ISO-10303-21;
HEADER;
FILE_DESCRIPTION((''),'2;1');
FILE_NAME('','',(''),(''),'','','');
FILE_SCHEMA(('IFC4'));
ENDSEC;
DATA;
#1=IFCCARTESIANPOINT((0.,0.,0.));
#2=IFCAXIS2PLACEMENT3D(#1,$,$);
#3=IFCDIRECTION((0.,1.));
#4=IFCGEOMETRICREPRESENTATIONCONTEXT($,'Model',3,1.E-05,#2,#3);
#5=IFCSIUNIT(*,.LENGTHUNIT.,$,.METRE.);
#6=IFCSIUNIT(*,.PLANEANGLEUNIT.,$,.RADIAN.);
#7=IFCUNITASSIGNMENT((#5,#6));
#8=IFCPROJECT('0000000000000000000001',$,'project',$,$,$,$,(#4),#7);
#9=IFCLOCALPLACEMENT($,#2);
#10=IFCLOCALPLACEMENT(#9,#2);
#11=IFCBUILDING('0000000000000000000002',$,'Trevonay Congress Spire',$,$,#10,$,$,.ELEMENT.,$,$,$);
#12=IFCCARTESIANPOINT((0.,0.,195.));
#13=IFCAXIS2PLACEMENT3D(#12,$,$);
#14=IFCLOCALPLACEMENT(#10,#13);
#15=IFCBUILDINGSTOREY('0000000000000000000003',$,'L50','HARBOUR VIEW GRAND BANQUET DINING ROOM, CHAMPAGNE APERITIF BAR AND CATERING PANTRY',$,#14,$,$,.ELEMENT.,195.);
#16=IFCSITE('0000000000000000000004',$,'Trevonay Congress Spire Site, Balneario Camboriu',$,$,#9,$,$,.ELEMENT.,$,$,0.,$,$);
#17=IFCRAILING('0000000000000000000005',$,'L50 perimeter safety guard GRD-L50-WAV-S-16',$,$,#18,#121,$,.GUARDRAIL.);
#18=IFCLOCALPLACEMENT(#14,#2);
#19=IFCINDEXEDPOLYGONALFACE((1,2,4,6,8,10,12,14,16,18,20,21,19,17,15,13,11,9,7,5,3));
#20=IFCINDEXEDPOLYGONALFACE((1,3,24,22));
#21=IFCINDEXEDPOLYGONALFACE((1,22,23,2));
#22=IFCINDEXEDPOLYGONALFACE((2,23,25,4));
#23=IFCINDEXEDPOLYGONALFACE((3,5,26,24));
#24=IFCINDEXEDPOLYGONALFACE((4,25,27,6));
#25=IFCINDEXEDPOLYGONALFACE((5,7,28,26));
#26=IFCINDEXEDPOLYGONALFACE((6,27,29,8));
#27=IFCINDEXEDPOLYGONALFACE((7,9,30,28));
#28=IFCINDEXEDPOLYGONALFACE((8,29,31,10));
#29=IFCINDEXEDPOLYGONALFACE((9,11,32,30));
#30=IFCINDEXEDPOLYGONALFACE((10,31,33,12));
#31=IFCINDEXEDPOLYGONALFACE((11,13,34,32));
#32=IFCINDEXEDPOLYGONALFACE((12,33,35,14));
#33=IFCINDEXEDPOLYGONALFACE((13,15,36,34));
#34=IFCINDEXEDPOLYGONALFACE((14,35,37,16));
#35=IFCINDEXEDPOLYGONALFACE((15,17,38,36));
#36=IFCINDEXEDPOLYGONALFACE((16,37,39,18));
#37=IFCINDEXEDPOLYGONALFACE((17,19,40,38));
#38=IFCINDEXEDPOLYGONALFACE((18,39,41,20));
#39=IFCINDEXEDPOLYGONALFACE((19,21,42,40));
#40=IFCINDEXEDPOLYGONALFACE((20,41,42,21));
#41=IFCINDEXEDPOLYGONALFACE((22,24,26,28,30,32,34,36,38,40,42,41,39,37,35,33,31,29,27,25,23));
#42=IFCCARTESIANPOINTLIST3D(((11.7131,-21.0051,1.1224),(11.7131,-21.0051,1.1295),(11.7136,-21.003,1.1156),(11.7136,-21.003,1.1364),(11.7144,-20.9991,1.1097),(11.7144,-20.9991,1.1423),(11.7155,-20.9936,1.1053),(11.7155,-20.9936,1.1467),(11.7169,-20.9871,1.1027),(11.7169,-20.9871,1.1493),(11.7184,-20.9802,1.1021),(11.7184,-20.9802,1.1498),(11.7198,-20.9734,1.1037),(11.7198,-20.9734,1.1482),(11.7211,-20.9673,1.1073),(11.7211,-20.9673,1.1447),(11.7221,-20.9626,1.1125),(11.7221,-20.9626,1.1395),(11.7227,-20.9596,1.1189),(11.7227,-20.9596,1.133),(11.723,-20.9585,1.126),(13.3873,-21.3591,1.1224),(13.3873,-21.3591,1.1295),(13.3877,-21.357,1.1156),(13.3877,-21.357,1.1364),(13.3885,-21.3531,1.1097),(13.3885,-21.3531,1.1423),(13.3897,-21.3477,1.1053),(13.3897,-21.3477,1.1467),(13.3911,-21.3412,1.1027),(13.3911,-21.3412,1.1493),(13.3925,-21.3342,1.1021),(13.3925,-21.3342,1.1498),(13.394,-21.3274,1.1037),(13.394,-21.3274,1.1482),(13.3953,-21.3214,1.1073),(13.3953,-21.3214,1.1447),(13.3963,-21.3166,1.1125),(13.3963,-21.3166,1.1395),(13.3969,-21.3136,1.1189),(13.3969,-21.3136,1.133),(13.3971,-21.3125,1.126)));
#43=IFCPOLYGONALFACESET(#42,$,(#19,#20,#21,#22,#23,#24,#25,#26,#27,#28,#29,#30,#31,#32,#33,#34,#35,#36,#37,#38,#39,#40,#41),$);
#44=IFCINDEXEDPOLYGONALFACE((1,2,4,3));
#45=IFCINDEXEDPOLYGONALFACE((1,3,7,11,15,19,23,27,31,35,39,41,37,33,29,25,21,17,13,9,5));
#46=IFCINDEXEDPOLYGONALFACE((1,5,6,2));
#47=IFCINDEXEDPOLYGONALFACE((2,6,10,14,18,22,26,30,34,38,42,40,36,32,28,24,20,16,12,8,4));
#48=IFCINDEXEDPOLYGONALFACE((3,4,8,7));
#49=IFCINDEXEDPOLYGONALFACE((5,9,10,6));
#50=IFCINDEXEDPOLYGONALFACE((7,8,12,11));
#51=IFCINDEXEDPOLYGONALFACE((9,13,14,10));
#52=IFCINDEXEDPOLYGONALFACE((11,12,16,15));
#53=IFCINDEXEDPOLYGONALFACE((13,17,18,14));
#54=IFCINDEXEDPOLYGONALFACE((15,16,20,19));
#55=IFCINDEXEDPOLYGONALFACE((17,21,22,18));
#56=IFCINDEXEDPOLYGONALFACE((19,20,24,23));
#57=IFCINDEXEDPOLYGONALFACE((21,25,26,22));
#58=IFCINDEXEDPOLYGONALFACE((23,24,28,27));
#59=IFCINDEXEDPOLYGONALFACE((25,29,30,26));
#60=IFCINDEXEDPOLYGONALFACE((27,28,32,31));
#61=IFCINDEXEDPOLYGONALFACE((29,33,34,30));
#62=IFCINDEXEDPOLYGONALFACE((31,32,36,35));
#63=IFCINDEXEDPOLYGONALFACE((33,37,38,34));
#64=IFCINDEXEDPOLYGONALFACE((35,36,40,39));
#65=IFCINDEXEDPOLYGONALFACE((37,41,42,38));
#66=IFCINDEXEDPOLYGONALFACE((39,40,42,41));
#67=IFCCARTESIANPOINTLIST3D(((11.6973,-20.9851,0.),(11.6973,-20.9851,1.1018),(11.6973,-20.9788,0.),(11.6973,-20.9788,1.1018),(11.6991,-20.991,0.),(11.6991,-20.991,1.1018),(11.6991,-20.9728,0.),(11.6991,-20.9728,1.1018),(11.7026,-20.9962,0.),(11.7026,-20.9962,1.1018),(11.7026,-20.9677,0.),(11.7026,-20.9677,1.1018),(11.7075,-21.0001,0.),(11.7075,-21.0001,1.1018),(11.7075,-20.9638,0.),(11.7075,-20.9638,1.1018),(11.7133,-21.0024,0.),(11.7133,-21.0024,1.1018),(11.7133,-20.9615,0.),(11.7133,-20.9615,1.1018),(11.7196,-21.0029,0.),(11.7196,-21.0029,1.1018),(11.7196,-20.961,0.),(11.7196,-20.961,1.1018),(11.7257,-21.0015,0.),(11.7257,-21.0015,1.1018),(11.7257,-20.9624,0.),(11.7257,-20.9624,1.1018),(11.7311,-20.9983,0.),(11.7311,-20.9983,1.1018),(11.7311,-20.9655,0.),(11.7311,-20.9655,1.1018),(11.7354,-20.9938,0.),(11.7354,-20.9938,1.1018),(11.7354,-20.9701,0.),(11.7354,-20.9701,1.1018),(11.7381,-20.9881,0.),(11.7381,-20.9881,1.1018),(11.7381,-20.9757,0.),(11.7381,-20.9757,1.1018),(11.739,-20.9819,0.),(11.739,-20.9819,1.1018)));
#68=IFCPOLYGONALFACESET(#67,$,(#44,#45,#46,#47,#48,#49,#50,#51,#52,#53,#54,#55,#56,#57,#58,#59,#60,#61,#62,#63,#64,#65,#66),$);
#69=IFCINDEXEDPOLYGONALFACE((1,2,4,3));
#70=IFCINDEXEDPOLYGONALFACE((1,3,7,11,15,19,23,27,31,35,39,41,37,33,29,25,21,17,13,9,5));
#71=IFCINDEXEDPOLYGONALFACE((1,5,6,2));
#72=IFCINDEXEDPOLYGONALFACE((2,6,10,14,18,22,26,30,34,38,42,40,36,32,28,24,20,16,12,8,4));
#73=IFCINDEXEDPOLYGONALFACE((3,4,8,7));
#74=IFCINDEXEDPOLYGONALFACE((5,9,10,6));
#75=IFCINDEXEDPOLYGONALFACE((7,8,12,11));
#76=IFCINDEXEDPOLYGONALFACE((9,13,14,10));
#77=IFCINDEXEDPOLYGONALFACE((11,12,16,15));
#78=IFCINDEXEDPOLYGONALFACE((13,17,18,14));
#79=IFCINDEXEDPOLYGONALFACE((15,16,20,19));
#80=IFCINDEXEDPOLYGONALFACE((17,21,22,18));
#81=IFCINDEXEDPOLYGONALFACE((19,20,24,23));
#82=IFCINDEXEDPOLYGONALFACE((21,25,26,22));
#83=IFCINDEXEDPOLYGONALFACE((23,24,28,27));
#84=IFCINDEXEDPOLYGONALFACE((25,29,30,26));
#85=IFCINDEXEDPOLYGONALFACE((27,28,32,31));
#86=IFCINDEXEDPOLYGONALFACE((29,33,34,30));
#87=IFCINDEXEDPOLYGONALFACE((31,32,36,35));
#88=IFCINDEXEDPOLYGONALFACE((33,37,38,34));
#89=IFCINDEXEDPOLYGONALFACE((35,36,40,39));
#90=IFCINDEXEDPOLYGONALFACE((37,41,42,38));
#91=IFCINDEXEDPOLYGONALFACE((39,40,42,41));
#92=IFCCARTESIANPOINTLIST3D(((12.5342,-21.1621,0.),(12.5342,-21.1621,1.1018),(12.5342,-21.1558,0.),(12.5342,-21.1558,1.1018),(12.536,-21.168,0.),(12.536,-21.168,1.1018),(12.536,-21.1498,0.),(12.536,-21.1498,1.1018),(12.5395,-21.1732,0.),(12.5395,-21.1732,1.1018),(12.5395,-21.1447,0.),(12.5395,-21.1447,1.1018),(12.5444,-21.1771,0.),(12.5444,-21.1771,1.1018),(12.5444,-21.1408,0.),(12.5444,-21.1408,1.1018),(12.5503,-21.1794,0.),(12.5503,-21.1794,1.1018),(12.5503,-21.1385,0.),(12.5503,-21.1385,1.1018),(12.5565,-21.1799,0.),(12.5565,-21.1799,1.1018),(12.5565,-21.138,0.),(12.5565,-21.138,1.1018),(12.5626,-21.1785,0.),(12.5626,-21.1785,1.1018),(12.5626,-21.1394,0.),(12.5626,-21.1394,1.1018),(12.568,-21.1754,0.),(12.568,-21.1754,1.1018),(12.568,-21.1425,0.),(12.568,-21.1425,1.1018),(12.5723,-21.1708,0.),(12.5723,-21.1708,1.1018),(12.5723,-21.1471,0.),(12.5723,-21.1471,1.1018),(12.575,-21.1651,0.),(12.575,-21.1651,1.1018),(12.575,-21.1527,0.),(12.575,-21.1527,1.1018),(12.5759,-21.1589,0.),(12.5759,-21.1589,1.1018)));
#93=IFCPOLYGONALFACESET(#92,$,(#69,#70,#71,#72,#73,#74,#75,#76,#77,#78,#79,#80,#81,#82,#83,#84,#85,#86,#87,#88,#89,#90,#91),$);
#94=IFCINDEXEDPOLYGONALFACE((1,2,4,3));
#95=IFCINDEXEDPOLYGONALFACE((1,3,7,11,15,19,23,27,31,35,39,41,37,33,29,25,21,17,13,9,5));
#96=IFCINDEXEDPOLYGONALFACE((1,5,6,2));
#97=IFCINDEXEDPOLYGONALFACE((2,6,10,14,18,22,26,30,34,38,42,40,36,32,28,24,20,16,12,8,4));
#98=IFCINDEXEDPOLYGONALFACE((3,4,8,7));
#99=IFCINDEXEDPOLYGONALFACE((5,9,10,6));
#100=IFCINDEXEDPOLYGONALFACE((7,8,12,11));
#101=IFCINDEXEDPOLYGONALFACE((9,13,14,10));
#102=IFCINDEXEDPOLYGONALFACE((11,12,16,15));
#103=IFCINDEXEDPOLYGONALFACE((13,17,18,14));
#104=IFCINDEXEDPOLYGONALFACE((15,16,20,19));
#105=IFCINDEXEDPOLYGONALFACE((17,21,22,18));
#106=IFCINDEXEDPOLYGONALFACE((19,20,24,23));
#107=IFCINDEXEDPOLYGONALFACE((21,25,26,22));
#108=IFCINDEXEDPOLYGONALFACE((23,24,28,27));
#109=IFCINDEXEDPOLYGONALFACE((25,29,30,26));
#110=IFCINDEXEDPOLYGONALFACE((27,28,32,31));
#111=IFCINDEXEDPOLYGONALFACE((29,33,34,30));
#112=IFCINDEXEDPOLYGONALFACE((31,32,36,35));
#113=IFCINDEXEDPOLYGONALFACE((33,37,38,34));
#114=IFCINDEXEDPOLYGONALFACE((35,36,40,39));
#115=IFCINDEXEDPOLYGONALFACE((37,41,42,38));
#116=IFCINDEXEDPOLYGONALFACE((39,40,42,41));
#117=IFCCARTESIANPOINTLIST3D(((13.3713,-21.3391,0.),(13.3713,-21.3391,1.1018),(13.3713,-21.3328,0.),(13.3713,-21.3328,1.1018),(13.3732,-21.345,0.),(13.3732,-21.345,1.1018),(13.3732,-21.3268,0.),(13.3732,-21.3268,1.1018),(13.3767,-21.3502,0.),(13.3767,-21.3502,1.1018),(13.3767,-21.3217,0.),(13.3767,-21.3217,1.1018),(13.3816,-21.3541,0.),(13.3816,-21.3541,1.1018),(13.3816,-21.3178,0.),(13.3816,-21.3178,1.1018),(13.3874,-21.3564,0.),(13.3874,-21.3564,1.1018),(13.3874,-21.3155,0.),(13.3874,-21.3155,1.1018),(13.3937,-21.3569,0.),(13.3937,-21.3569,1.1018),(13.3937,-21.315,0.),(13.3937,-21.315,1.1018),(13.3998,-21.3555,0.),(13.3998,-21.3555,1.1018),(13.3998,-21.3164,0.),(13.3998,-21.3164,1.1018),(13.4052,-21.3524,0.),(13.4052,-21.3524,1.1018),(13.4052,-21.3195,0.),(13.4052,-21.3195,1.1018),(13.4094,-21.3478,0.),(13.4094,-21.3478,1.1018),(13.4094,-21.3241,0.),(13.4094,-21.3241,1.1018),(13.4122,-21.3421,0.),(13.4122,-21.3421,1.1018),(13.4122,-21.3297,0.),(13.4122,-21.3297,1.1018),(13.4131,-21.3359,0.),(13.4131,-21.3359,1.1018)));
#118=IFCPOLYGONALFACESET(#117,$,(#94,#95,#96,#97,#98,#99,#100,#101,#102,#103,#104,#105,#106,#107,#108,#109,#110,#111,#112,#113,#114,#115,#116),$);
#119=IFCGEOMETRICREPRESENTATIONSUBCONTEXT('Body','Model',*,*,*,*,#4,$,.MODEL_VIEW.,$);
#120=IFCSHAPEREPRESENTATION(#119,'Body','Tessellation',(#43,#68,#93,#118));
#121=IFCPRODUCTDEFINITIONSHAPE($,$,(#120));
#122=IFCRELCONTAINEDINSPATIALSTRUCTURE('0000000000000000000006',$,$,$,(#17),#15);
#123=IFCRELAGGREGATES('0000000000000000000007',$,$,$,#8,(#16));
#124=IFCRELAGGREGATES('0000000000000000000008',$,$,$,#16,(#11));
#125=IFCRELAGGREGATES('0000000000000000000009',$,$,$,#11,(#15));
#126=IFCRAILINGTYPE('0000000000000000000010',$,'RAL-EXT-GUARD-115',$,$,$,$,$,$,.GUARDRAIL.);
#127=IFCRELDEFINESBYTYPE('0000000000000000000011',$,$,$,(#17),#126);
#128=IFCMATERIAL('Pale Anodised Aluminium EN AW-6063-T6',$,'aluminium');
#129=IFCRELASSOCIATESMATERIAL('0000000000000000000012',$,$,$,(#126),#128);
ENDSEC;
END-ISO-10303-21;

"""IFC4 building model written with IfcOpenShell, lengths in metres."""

from ifc_helpers import new_model, si_unit, direction, frame, origin, origin_2d, place, context, subcontext, project, spatial, circle, extrude, material, type_object, element, save


model = new_model("IFC4")

# Units and contexts
model_context = context("Model", 3, precision=1e-05, world=origin(), true_north=direction((0.0, 1.0)))
body_context = subcontext(model_context, "Body", "Model", "MODEL_VIEW")
ifc_project = project(units=[si_unit("LENGTHUNIT", "METRE"), si_unit("PLANEANGLEUNIT", "RADIAN")], contexts=[model_context])

# Site, building, storey
site_placement = place(None, origin())
site = spatial("IfcSite", under=ifc_project, at=site_placement, Name="Trevonay Congress Spire Site, Balneario Camboriu", CompositionType="ELEMENT", RefElevation=0.0)
building_placement = place(site_placement, origin())
building = spatial("IfcBuilding", under=site, at=building_placement, Name="Trevonay Congress Spire", CompositionType="ELEMENT")
storey_placement = place(building_placement, frame((0.0, 0.0, 195.0)))
storey = spatial("IfcBuildingStorey", under=building, at=storey_placement, Name="L50", Description="HARBOUR VIEW GRAND BANQUET DINING ROOM, CHAMPAGNE APERITIF BAR AND CATERING PANTRY", CompositionType="ELEMENT", Elevation=195.0)

# Shared definitions
ifc_material_1 = material(Name="Pale Anodised Aluminium EN AW-6063-T6", Category="aluminium")

# Railing
railing_type = type_object("IfcRailingType", Name="RAL-EXT-GUARD-115", PredefinedType="GUARDRAIL", material=ifc_material_1)
railing_1_placement = place(storey_placement, frame((11.718, -20.9819, 0.0)))
element("IfcRailing", 1, at=railing_1_placement, inside=storey, type_object=railing_type, Name="L50 perimeter safety guard GRD-L50-WAV-S-16", PredefinedType="GUARDRAIL", context=body_context, shape_type="SweptSolid", body=[
    extrude(circle(Radius=0.0239, at=origin_2d()), frame((0.0, 0.0, 1.126), z_axis=(0.978365, -0.206888, 0.0), x_axis=(0.206888, 0.978365, 0.0)), (0.0, 0.0, 1.0), 1.7112),
    extrude(circle(Radius=0.021, at=origin_2d()), origin(), (0.0, 0.0, 1.0), 1.1018),
    extrude(circle(Radius=0.021, at=origin_2d()), frame((0.8369, -0.177, 0.0)), (0.0, 0.0, 1.0), 1.1018),
    extrude(circle(Radius=0.021, at=origin_2d()), frame((1.6741, -0.354, 0.0)), (0.0, 0.0, 1.0), 1.1018),
])

save(model, "model.ifc")
